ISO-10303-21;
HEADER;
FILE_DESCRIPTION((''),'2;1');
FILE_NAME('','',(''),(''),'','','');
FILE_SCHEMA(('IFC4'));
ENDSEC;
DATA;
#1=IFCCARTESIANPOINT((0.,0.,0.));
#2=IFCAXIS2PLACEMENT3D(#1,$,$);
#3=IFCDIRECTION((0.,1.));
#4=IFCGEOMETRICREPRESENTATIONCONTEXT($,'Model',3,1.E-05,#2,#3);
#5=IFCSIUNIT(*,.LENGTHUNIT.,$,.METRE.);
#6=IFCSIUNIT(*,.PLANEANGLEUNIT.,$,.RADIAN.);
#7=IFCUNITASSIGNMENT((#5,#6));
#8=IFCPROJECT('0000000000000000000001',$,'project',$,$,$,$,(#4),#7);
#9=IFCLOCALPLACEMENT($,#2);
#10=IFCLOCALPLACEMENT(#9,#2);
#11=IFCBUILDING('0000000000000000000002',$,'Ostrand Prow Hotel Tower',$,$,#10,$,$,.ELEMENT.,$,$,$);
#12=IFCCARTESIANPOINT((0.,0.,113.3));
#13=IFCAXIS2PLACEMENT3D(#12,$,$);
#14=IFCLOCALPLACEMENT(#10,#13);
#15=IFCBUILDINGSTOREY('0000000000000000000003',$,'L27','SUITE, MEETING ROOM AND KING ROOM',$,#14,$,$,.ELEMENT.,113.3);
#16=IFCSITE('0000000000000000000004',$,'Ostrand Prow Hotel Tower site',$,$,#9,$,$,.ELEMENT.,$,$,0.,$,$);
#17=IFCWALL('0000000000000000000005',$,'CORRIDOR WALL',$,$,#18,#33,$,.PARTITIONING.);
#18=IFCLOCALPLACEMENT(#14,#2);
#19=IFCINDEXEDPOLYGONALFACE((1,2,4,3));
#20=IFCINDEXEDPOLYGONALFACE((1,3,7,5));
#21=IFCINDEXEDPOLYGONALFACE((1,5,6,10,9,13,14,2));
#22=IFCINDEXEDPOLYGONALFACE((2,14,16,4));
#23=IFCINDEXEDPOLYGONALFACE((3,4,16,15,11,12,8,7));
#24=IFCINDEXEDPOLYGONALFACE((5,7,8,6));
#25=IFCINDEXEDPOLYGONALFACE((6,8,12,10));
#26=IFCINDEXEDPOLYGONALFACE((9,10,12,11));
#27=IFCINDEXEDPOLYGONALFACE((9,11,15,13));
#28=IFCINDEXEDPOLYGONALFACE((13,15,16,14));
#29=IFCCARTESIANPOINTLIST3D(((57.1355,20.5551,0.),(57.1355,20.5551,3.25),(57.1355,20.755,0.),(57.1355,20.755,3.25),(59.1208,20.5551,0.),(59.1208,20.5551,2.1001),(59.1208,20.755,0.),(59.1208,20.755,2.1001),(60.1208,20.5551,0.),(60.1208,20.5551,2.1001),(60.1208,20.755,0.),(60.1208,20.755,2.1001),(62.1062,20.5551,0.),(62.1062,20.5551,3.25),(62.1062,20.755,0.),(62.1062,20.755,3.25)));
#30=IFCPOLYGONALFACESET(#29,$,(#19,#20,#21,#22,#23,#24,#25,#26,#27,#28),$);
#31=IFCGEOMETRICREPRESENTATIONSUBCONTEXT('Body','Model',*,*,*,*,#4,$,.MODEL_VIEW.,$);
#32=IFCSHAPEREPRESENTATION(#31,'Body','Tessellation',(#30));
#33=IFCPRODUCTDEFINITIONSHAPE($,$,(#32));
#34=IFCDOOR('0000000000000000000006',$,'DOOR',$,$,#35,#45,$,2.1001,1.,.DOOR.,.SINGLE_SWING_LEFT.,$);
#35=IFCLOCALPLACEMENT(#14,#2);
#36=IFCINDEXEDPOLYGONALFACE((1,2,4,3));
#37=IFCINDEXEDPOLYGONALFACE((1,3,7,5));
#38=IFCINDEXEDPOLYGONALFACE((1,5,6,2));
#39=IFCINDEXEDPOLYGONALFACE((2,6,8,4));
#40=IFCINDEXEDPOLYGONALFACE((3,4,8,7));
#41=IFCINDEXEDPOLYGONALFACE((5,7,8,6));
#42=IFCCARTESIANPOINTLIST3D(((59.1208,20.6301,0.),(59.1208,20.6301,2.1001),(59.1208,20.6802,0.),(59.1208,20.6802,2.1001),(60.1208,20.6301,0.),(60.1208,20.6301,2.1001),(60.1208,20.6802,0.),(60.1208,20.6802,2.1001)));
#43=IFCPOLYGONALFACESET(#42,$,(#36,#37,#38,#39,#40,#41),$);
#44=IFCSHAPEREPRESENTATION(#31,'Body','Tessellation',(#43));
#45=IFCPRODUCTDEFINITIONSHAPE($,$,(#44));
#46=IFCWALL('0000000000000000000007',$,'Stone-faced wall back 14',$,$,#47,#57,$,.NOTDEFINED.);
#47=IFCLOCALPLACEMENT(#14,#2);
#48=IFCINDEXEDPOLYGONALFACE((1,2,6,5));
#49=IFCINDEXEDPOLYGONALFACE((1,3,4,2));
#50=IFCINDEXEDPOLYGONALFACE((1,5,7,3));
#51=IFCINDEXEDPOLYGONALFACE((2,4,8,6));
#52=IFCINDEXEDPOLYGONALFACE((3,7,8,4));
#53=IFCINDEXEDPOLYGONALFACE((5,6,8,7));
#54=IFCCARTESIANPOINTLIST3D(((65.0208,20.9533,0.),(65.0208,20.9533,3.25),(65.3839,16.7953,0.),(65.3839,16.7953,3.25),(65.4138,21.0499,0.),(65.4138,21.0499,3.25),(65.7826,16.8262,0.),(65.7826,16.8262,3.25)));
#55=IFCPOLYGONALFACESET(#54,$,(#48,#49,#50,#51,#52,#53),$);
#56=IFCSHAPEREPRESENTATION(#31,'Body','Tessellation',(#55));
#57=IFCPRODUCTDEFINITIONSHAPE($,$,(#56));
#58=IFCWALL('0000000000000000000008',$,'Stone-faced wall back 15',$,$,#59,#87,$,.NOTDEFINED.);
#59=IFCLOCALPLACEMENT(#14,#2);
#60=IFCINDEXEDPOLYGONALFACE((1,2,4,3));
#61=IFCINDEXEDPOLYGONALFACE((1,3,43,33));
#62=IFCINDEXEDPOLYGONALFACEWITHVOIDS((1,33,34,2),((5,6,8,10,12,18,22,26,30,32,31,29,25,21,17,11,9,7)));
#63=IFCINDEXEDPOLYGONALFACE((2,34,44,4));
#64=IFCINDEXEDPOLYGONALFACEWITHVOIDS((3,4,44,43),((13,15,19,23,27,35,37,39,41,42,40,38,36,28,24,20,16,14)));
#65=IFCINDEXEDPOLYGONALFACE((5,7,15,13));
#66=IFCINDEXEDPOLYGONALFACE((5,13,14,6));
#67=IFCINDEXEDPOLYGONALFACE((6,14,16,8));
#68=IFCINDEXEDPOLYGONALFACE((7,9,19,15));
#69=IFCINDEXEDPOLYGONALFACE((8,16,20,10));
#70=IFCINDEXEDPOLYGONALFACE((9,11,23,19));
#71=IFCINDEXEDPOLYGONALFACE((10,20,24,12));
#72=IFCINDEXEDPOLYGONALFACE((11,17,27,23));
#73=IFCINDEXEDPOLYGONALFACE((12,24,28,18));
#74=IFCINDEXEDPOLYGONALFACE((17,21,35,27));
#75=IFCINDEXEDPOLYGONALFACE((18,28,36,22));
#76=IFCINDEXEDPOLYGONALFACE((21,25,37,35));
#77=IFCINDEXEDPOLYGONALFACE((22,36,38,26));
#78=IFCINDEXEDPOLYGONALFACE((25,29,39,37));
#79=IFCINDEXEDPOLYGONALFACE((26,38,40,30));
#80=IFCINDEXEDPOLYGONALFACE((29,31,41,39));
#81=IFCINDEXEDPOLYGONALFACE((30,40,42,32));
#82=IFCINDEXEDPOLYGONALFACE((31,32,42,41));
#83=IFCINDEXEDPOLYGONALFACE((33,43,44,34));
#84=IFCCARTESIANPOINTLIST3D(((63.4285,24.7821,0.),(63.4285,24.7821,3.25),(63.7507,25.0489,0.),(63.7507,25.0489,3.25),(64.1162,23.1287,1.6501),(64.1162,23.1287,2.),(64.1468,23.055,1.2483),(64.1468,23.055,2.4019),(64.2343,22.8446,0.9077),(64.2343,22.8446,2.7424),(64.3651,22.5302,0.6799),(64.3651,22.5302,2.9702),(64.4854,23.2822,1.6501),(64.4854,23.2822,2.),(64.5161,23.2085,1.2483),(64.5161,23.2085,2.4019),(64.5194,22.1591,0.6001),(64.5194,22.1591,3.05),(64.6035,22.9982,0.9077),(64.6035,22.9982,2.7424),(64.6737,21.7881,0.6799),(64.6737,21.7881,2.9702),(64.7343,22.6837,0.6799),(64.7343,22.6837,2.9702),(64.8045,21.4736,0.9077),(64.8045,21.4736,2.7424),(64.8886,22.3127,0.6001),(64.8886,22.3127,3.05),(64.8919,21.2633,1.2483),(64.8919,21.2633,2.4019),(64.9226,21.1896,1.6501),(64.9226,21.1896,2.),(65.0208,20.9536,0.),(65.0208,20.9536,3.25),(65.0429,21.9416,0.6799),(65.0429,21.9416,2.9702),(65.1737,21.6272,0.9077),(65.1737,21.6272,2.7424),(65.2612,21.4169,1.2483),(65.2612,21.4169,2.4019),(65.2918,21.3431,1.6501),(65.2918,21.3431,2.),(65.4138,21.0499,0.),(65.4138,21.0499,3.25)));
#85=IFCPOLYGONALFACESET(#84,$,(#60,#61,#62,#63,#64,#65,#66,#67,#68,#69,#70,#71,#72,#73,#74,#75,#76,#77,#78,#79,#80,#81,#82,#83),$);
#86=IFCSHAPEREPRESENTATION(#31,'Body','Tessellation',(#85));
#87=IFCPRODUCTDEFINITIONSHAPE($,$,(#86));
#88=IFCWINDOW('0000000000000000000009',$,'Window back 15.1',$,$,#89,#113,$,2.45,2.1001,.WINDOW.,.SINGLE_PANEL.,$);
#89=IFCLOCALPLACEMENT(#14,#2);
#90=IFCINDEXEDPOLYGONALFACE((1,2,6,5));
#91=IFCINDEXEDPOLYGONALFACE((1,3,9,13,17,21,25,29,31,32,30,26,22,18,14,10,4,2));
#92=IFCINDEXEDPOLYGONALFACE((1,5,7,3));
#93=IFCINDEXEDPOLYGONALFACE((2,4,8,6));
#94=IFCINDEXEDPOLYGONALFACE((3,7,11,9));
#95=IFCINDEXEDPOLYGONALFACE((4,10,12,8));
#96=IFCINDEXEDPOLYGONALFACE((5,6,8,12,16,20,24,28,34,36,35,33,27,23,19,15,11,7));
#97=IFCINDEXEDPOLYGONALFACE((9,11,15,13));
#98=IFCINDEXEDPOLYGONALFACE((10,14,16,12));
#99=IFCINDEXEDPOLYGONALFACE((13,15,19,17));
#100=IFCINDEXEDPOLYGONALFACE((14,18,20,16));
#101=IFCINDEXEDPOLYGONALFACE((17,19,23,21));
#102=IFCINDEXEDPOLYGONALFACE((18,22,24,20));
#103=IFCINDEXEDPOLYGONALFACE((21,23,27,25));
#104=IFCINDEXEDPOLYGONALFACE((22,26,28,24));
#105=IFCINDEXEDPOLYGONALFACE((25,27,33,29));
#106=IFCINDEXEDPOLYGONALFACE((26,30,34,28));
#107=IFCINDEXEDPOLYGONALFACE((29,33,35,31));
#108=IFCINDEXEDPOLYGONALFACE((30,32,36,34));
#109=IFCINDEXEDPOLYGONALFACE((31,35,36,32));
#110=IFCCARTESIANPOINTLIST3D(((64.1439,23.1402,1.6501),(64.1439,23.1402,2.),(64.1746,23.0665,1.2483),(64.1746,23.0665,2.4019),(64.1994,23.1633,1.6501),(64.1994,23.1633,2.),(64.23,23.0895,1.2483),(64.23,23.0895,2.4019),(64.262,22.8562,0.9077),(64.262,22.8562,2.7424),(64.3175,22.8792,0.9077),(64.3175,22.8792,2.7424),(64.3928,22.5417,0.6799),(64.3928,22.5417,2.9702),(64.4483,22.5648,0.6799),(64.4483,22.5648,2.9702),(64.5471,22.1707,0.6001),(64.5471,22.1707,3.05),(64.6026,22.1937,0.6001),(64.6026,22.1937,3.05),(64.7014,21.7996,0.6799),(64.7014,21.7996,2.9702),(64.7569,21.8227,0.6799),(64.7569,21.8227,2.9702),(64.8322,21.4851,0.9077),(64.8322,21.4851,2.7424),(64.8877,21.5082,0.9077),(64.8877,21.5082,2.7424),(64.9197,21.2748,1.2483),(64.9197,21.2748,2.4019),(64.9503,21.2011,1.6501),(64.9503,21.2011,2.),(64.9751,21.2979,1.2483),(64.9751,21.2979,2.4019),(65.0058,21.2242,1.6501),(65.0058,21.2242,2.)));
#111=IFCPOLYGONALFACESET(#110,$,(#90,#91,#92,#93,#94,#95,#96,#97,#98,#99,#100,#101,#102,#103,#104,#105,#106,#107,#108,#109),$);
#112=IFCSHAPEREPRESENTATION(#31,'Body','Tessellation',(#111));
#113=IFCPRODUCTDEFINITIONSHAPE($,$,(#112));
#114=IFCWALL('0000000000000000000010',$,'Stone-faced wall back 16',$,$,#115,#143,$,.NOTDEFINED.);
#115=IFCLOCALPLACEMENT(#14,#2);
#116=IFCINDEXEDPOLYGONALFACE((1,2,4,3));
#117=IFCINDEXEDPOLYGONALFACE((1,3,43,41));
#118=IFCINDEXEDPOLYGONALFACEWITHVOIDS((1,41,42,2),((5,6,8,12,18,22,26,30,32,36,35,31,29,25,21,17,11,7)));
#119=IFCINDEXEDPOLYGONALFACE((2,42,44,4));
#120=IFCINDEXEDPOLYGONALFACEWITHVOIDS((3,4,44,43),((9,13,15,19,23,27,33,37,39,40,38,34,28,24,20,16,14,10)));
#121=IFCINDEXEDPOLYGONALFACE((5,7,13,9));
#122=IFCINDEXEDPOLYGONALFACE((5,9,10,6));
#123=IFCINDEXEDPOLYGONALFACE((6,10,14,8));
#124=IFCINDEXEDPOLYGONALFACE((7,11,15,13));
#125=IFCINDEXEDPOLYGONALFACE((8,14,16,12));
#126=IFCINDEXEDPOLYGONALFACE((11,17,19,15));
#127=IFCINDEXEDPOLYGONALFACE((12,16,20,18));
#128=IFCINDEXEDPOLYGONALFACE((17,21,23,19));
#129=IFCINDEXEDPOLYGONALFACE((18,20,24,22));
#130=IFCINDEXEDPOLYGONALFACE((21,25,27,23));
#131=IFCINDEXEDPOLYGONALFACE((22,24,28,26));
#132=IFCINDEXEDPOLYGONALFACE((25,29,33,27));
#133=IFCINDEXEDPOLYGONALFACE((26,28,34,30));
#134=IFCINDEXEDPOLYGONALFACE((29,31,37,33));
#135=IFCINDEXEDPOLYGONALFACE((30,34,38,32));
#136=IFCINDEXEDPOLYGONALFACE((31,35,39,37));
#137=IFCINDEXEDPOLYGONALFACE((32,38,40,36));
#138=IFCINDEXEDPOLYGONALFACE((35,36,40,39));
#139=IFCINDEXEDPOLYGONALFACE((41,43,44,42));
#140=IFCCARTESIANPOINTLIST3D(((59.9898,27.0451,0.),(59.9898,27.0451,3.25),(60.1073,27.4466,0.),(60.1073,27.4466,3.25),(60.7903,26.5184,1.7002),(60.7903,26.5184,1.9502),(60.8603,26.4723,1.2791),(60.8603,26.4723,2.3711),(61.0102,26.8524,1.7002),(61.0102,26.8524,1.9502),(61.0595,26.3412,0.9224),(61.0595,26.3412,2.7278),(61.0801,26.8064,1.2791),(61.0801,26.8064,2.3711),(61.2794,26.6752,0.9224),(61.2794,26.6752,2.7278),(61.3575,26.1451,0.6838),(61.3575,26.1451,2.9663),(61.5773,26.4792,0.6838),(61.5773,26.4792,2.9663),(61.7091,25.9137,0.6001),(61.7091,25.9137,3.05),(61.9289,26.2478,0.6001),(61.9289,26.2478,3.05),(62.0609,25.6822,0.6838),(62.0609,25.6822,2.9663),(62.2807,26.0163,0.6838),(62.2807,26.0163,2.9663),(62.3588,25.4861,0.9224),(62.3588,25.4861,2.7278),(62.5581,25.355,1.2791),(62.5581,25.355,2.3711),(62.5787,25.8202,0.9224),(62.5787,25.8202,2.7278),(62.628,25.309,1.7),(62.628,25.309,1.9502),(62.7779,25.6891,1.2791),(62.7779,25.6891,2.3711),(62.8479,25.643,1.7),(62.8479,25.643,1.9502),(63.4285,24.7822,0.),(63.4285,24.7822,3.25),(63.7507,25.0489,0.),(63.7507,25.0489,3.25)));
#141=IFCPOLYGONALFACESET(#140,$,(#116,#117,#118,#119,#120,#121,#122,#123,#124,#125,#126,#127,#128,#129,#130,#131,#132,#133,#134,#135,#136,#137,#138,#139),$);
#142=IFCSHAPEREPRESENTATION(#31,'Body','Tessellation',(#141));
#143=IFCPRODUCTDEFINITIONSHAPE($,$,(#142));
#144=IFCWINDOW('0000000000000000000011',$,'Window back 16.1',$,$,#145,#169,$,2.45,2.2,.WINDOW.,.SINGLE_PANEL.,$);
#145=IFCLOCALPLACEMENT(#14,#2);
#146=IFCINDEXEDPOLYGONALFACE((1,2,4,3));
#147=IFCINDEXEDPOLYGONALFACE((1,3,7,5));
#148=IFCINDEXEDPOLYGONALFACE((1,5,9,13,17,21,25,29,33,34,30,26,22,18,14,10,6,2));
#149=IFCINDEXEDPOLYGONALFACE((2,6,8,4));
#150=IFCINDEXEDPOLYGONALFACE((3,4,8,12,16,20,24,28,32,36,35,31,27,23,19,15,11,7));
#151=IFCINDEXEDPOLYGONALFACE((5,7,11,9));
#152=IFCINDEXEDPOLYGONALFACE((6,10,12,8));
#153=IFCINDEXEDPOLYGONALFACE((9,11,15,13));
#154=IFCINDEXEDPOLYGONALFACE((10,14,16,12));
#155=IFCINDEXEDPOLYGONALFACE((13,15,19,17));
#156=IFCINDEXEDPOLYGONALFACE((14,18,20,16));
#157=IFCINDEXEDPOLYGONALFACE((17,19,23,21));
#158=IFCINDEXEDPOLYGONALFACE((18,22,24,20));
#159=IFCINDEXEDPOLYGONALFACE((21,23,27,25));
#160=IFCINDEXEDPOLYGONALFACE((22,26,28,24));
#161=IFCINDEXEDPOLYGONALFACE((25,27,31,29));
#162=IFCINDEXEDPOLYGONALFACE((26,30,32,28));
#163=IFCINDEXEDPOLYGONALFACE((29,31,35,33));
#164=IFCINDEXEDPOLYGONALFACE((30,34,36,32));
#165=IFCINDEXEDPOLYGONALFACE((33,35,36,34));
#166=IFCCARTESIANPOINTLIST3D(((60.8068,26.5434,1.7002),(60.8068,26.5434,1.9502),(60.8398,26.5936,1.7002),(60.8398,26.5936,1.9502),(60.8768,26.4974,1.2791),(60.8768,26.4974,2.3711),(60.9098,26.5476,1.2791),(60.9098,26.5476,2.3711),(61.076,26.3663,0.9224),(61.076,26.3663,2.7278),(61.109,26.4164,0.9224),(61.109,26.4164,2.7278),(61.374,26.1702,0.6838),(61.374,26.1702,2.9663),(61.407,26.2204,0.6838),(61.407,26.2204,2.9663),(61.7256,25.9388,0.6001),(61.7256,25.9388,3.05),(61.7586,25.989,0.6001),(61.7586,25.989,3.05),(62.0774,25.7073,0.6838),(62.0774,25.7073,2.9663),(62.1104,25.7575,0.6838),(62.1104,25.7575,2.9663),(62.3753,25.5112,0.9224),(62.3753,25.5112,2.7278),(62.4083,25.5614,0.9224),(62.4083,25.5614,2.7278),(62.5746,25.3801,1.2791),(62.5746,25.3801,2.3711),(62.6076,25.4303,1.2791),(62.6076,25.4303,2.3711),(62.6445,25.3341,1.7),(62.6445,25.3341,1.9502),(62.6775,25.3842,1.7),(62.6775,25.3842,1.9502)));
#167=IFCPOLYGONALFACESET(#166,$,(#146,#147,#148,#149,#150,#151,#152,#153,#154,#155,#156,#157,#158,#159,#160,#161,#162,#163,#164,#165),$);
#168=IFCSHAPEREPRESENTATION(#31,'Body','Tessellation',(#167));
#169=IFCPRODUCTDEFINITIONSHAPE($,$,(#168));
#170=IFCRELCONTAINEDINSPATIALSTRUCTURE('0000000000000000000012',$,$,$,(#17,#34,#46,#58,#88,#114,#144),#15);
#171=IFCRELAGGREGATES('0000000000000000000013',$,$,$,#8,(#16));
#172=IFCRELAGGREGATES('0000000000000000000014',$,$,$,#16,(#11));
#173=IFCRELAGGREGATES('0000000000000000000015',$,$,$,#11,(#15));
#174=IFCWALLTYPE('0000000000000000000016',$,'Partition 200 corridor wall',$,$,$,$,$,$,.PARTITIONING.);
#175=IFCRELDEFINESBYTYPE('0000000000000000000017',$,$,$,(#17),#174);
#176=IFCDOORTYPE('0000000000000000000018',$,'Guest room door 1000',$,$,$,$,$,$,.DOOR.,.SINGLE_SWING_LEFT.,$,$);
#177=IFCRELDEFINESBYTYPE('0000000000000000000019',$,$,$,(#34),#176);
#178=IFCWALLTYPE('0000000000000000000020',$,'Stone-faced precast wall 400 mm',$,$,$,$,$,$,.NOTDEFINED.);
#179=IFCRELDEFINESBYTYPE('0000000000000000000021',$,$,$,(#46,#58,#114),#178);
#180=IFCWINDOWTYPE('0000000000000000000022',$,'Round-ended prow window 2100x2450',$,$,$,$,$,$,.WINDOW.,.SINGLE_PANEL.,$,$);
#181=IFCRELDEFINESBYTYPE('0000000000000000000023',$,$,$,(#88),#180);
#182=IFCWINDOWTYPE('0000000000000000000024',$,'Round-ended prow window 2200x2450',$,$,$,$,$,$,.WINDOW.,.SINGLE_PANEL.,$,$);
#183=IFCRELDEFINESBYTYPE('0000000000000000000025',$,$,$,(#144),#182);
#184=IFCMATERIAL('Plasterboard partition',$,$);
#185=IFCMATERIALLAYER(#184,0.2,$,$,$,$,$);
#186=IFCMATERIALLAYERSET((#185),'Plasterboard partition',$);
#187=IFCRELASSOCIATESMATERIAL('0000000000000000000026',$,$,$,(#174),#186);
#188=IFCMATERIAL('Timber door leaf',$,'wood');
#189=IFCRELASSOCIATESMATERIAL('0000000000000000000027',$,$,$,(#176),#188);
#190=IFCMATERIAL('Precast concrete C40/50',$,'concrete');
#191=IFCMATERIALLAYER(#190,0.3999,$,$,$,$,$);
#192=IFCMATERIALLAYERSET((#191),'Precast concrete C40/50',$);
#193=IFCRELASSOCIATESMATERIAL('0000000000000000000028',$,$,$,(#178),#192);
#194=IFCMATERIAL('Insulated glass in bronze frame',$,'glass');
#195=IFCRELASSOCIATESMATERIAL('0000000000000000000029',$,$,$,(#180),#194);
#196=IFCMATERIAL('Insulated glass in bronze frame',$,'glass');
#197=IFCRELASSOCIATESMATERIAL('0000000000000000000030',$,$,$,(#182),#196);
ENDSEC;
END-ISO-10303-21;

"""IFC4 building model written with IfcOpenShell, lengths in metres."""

from ifc_helpers import new_model, si_unit, direction, frame, frame_2d, origin, place, context, subcontext, project, spatial, polyline, rectangle, outline, extrude, material, layer, layer_set, type_object, element, fill, save


model = new_model("IFC4")

# Units and contexts
model_context = context("Model", 3, precision=1e-05, world=origin(), true_north=direction((0.0, 1.0)))
body_context = subcontext(model_context, "Body", "Model", "MODEL_VIEW")
ifc_project = project(units=[si_unit("LENGTHUNIT", "METRE"), si_unit("PLANEANGLEUNIT", "RADIAN")], contexts=[model_context])

# Site, building, storey
site_placement = place(None, origin())
site = spatial("IfcSite", under=ifc_project, at=site_placement, Name="Ostrand Prow Hotel Tower site", CompositionType="ELEMENT", RefElevation=0.0)
building_placement = place(site_placement, origin())
building = spatial("IfcBuilding", under=site, at=building_placement, Name="Ostrand Prow Hotel Tower", CompositionType="ELEMENT")
storey_placement = place(building_placement, frame((0.0, 0.0, 113.3)))
storey = spatial("IfcBuildingStorey", under=building, at=storey_placement, Name="L27", Description="SUITE, MEETING ROOM AND KING ROOM", CompositionType="ELEMENT", Elevation=113.3)

# Wall, opening, door
ifc_material_1 = material(Name="Plasterboard partition")
ifc_layer_1 = layer(ifc_material_1, 0.2)
ifc_layer_set_1 = layer_set([ifc_layer_1], Name="Plasterboard partition")
wall_type_1 = type_object("IfcWallType", Name="Partition 200 corridor wall", PredefinedType="PARTITIONING", material=ifc_layer_set_1)
wall_1_placement = place(storey_placement, frame((62.1062, 20.655, 0.0), z_axis=(0.0, 0.0, 1.0), x_axis=(-1.0, 0.0, 0.0)))
wall_1 = element("IfcWall", 1, at=wall_1_placement, inside=storey, type_object=wall_type_1, Name="CORRIDOR WALL", PredefinedType="PARTITIONING", context=body_context, shape_type="SweptSolid", body=[
    extrude(rectangle(XDim=4.9707, YDim=0.2, at=frame_2d((2.4854, 0.0))), origin(), (0.0, 0.0, 1.0), 3.25),
])
opening_1_placement = place(wall_1_placement, frame((1.9854, 0.0, 0.0)))
opening_1 = element("IfcOpeningElement", 2, at=opening_1_placement, cuts=wall_1, PredefinedType="OPENING", context=body_context, shape_type="SweptSolid", body=[
    extrude(rectangle(XDim=1.0, YDim=2.1001, at=frame_2d((0.5, 1.05))), frame((0.0, 0.1099, 0.0), z_axis=(0.0, -1.0, 0.0), x_axis=(1.0, 0.0, 0.0)), (0.0, 0.0, 1.0), 0.22),
])
ifc_material_2 = material(Name="Timber door leaf", Category="wood")
door_type_1 = type_object("IfcDoorType", Name="Guest room door 1000", OperationType="SINGLE_SWING_LEFT", PredefinedType="DOOR", material=ifc_material_2)
door_1_placement = place(opening_1_placement, origin())
door_1 = element("IfcDoor", 3, at=door_1_placement, inside=storey, type_object=door_type_1, Name="DOOR", OperationType="SINGLE_SWING_LEFT", OverallHeight=2.1001, OverallWidth=1.0, PredefinedType="DOOR", context=body_context, shape_type="SweptSolid", body=[
    extrude(rectangle(XDim=1.0, YDim=2.1001, at=frame_2d((0.5, 1.05))), frame((0.0, 0.0249, 0.0), z_axis=(0.0, -1.0, 0.0), x_axis=(1.0, 0.0, 0.0)), (0.0, 0.0, 1.0), 0.05),
])
fill(opening_1, door_1)

# Wall
ifc_material_3 = material(Name="Precast concrete C40/50", Category="concrete")
ifc_layer_2 = layer(ifc_material_3, 0.3999)
ifc_layer_set_2 = layer_set([ifc_layer_2], Name="Precast concrete C40/50")
wall_type_2 = type_object("IfcWallType", Name="Stone-faced precast wall 400 mm", PredefinedType="NOTDEFINED", material=ifc_layer_set_2)
wall_2_placement = place(storey_placement, frame((65.5833, 16.8108, 0.0), z_axis=(0.0, 0.0, 1.0), x_axis=(-0.086993, 0.996209, 0.0)))
element("IfcWall", 4, at=wall_2_placement, inside=storey, type_object=wall_type_2, Name="Stone-faced wall back 14", PredefinedType="NOTDEFINED", context=body_context, shape_type="SweptSolid", body=[
    extrude(outline(polyline([(-0.002, -0.2), (4.2378, -0.2), (4.1758, 0.2), (0.002, 0.2), (-0.002, -0.2)])), origin(), (0.0, 0.0, 1.0), 3.25),
])

# Walls, openings, windows
wall_3_placement = place(storey_placement, frame((65.2173, 21.0017, 0.0), z_axis=(0.0, 0.0, 1.0), x_axis=(-0.383998, 0.923334, 0.0)))
wall_3 = element("IfcWall", 5, at=wall_3_placement, inside=storey, type_object=wall_type_2, Name="Stone-faced wall back 15", PredefinedType="NOTDEFINED", context=body_context, shape_type="SweptSolid", body=[
    extrude(outline(polyline([(-0.031, -0.2), (4.3, -0.2), (4.1775, 0.2), (0.031, 0.2), (-0.031, -0.2)])), origin(), (0.0, 0.0, 1.0), 3.25),
])
opening_2_placement = place(wall_3_placement, frame((0.2866, 0.0, 0.6001)))
opening_2 = element("IfcOpeningElement", 6, at=opening_2_placement, cuts=wall_3, PredefinedType="OPENING", context=body_context, shape_type="SweptSolid", body=[
    extrude(outline(polyline([(0.0, 1.3999), (0.0798, 1.8018), (0.3076, 2.1423), (0.6482, 2.3701), (1.05, 2.45), (1.4519, 2.3701), (1.7925, 2.1423), (2.0203, 1.8018), (2.1001, 1.3999), (2.1001, 1.05), (2.0203, 0.6482), (1.7925, 0.3076), (1.4519, 0.0798), (1.05, 0.0), (0.6482, 0.0798), (0.3076, 0.3076), (0.0798, 0.6482), (0.0, 1.05), (0.0, 1.3999)])), frame((0.0, 0.21, 0.0), z_axis=(0.0, -1.0, 0.0), x_axis=(1.0, 0.0, 0.0)), (0.0, 0.0, 1.0), 0.4199),
])
ifc_material_4 = material(Name="Insulated glass in bronze frame", Category="glass")
window_type_1 = type_object("IfcWindowType", Name="Round-ended prow window 2100x2450", PartitioningType="SINGLE_PANEL", PredefinedType="WINDOW", material=ifc_material_4)
window_1_placement = place(opening_2_placement, origin())
window_1 = element("IfcWindow", 7, at=window_1_placement, inside=storey, type_object=window_type_1, Name="Window back 15.1", OverallHeight=2.45, OverallWidth=2.1001, PartitioningType="SINGLE_PANEL", PredefinedType="WINDOW", context=body_context, shape_type="SweptSolid", body=[
    extrude(outline(polyline([(0.0, 1.3999), (0.0798, 1.8018), (0.3076, 2.1423), (0.6482, 2.3701), (1.05, 2.45), (1.4519, 2.3701), (1.7925, 2.1423), (2.0203, 1.8018), (2.1001, 1.3999), (2.1001, 1.05), (2.0203, 0.6482), (1.7925, 0.3076), (1.4519, 0.0798), (1.05, 0.0), (0.6482, 0.0798), (0.3076, 0.3076), (0.0798, 0.6482), (0.0, 1.05), (0.0, 1.3999)])), frame((0.0, 0.1699, 0.0), z_axis=(0.0, -1.0, 0.0), x_axis=(1.0, 0.0, 0.0)), (0.0, 0.0, 1.0), 0.0601),
])
fill(opening_2, window_1)
wall_4_placement = place(storey_placement, frame((63.5896, 24.9155, 0.0), z_axis=(0.0, 0.0, 1.0), x_axis=(-0.835341, 0.549733, 0.0)))
wall_4 = element("IfcWall", 8, at=wall_4_placement, inside=storey, type_object=wall_type_2, Name="Stone-faced wall back 16", PredefinedType="NOTDEFINED", context=body_context, shape_type="SweptSolid", body=[
    extrude(outline(polyline([(-0.0613, -0.2), (4.3003, -0.2), (4.1777, 0.2), (0.0613, 0.2), (-0.0613, -0.2)])), origin(), (0.0, 0.0, 1.0), 3.25),
])
opening_3_placement = place(wall_4_placement, frame((1.0195, 0.0, 0.6001)))
opening_3 = element("IfcOpeningElement", 9, at=opening_3_placement, cuts=wall_4, PredefinedType="OPENING", context=body_context, shape_type="SweptSolid", body=[
    extrude(outline(polyline([(0.0, 1.3501), (0.0837, 1.771), (0.3223, 2.1277), (0.679, 2.3662), (1.1001, 2.45), (1.521, 2.3662), (1.8777, 2.1277), (2.1162, 1.771), (2.2, 1.3501), (2.2, 1.1001), (2.1162, 0.679), (1.8777, 0.3223), (1.521, 0.0837), (1.1001, 0.0), (0.679, 0.0837), (0.3223, 0.3223), (0.0837, 0.679), (0.0, 1.0999), (0.0, 1.3501)])), frame((0.0, 0.21, 0.0), z_axis=(0.0, -1.0, 0.0), x_axis=(1.0, 0.0, 0.0)), (0.0, 0.0, 1.0), 0.4199),
])
ifc_material_5 = material(Name="Insulated glass in bronze frame", Category="glass")
window_type_2 = type_object("IfcWindowType", Name="Round-ended prow window 2200x2450", PartitioningType="SINGLE_PANEL", PredefinedType="WINDOW", material=ifc_material_5)
window_2_placement = place(opening_3_placement, origin())
window_2 = element("IfcWindow", 10, at=window_2_placement, inside=storey, type_object=window_type_2, Name="Window back 16.1", OverallHeight=2.45, OverallWidth=2.2, PartitioningType="SINGLE_PANEL", PredefinedType="WINDOW", context=body_context, shape_type="SweptSolid", body=[
    extrude(outline(polyline([(0.0, 1.3501), (0.0837, 1.771), (0.3223, 2.1277), (0.679, 2.3662), (1.1001, 2.45), (1.521, 2.3662), (1.8777, 2.1277), (2.1162, 1.771), (2.2, 1.3501), (2.2, 1.1001), (2.1162, 0.679), (1.8777, 0.3223), (1.521, 0.0837), (1.1001, 0.0), (0.679, 0.0837), (0.3223, 0.3223), (0.0837, 0.679), (0.0, 1.0999), (0.0, 1.3501)])), frame((0.0, 0.1699, 0.0), z_axis=(0.0, -1.0, 0.0), x_axis=(1.0, 0.0, 0.0)), (0.0, 0.0, 1.0), 0.0601),
])
fill(opening_3, window_2)

save(model, "model.ifc")
